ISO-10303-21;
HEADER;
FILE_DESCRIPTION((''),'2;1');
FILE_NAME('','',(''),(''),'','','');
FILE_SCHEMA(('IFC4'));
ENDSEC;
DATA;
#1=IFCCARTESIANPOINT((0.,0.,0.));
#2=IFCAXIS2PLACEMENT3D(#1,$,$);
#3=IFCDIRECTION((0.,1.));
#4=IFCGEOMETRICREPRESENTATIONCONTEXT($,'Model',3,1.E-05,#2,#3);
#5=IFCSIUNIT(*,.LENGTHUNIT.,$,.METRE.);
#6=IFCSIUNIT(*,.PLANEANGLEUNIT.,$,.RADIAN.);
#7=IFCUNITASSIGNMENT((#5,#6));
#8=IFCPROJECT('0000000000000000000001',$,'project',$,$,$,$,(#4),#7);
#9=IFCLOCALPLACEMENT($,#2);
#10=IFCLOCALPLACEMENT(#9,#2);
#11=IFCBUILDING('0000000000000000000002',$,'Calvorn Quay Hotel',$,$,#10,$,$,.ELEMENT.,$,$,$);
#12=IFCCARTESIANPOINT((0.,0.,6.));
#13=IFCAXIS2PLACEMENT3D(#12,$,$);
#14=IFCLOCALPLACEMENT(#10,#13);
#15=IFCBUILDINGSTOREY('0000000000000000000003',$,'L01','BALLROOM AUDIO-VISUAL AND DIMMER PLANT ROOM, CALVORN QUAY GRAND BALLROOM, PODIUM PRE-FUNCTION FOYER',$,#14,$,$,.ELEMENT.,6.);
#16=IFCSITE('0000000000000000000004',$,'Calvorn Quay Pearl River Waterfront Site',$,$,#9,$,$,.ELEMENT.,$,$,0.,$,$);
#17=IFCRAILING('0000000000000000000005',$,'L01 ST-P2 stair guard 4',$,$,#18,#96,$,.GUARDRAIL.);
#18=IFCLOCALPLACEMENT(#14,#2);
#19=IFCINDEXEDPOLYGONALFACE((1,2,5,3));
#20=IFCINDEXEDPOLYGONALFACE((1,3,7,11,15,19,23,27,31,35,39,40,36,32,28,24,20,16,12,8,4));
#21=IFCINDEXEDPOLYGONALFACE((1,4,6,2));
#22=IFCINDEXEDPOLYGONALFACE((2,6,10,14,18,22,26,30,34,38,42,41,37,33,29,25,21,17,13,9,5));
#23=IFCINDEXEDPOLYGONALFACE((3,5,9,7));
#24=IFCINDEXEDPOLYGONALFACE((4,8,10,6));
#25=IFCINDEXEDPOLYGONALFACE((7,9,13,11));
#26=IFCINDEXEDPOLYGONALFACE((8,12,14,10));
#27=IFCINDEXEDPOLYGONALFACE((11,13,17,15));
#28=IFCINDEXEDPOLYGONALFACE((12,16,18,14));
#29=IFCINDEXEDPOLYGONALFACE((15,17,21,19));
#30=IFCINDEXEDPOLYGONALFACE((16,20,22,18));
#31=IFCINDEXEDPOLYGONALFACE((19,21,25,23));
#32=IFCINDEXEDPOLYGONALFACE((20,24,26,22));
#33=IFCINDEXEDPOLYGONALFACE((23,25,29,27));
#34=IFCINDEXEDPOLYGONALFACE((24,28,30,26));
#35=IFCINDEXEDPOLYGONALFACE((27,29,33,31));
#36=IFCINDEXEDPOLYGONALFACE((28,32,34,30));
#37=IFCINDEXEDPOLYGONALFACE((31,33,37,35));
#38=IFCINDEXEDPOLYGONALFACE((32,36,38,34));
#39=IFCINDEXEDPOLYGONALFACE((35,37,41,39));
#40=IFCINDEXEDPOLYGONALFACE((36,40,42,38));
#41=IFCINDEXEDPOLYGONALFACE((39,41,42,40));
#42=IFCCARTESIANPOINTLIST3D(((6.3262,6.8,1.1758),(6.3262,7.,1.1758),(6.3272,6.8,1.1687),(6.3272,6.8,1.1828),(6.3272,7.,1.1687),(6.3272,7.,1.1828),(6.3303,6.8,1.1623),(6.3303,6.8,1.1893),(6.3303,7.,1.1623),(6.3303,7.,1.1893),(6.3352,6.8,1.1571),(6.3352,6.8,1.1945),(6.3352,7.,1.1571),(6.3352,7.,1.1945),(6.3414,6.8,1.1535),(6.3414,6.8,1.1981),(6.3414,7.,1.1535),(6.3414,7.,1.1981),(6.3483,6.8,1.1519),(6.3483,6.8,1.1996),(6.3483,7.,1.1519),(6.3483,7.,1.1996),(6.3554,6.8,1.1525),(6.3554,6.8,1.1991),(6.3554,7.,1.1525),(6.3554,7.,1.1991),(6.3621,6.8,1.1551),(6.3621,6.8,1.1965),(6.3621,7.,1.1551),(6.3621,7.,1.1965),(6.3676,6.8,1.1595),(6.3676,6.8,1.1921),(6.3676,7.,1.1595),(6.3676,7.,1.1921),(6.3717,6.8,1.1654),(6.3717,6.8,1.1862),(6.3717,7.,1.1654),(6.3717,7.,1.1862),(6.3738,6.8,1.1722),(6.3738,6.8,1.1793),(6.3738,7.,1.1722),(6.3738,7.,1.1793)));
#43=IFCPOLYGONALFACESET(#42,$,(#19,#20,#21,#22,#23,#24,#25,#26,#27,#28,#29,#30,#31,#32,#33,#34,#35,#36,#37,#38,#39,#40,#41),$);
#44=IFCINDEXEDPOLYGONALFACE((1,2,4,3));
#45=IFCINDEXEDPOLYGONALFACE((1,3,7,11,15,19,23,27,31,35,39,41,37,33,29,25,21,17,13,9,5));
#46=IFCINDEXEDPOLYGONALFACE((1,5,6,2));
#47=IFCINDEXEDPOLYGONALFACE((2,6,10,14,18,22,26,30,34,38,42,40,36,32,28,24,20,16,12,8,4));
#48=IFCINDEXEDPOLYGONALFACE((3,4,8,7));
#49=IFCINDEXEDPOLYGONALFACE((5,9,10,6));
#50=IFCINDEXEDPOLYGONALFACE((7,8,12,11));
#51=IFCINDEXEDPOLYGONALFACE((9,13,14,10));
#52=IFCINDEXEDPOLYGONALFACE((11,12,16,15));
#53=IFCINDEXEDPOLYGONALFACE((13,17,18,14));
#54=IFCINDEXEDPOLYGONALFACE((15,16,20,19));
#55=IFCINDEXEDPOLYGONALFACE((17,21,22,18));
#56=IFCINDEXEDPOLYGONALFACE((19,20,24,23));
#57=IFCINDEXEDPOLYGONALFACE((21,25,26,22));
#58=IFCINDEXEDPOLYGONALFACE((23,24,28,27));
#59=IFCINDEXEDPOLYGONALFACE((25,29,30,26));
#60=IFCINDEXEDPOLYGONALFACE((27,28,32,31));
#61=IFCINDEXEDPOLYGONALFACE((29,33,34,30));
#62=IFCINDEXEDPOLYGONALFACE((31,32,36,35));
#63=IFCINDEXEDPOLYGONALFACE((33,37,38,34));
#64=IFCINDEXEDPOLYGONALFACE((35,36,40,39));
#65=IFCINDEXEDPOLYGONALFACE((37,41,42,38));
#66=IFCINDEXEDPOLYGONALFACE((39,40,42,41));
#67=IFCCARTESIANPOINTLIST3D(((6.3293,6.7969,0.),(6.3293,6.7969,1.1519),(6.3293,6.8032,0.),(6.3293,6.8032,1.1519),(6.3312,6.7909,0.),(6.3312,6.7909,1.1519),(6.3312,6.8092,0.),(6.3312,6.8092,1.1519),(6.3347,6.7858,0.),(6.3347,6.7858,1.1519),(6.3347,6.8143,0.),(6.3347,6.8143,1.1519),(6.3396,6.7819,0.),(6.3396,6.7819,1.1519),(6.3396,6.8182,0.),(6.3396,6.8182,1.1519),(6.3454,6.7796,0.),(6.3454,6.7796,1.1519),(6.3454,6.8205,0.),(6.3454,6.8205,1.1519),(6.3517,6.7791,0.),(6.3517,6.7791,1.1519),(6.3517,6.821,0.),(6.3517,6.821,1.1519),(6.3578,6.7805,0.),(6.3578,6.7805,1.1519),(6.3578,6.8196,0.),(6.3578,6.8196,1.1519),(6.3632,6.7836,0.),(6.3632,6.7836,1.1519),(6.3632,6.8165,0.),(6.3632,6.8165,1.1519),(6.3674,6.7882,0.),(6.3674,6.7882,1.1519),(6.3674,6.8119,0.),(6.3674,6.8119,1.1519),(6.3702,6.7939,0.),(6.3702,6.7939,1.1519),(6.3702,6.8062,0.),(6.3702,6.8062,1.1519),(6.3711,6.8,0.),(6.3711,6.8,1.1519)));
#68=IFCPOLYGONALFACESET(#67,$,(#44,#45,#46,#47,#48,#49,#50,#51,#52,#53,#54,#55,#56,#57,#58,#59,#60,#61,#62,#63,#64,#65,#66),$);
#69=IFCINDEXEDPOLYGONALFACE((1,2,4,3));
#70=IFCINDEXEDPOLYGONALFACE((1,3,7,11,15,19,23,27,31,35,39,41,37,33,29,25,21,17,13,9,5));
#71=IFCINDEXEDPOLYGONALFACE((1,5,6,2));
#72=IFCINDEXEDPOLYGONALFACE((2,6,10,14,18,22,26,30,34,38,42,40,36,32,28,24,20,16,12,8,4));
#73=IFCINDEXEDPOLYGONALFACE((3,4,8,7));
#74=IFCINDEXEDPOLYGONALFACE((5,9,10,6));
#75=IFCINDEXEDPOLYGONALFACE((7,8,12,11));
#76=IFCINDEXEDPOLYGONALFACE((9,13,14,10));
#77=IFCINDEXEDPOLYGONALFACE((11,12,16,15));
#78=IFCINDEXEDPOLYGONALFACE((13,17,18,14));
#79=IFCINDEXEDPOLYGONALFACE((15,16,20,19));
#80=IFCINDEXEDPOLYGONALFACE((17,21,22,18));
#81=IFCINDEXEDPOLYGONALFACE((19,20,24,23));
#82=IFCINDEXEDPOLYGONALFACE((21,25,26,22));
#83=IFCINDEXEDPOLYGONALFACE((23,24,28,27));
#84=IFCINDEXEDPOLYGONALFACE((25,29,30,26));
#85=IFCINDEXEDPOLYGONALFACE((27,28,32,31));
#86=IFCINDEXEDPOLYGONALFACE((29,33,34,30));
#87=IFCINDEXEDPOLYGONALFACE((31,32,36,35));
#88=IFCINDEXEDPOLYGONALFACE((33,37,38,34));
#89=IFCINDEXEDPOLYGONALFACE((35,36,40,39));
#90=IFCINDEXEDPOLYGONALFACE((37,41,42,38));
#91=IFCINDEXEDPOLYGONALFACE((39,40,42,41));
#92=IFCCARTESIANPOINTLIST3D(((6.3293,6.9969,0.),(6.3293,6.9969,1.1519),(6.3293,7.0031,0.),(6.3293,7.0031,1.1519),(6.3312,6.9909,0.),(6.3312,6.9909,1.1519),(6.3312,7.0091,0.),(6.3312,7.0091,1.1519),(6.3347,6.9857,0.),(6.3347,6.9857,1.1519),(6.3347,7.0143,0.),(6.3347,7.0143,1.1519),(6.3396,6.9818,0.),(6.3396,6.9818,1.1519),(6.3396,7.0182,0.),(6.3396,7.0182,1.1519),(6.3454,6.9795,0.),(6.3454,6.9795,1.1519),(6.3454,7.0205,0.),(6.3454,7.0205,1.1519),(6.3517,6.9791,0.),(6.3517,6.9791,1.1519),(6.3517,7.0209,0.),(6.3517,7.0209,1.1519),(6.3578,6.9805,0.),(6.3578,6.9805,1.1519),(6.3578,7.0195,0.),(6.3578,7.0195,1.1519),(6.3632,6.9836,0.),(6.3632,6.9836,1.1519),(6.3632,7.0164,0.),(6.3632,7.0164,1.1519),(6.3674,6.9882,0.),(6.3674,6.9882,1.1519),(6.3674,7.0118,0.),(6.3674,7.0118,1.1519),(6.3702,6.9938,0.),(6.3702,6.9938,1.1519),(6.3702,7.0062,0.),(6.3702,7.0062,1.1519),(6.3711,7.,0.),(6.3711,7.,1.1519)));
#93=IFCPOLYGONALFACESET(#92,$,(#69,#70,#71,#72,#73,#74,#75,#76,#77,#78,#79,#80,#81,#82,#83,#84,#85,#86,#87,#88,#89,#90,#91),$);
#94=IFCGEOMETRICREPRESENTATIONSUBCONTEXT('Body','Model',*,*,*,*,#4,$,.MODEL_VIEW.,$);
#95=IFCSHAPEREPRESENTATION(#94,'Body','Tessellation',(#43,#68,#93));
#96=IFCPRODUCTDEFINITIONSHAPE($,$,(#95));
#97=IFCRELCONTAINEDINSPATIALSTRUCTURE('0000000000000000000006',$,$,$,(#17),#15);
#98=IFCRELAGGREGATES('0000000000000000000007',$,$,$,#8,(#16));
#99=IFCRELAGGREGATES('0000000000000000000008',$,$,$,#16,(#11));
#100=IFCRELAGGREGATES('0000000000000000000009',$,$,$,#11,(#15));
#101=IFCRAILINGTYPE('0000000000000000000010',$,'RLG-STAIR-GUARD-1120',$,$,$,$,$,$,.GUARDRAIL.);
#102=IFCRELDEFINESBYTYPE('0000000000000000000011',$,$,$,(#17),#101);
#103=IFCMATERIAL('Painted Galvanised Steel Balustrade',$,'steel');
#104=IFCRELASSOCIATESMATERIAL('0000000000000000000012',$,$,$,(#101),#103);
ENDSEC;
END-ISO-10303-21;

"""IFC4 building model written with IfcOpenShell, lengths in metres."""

from ifc_helpers import new_model, si_unit, direction, frame, origin, origin_2d, place, context, subcontext, project, spatial, circle, extrude, material, type_object, element, save


model = new_model("IFC4")

# Units and contexts
model_context = context("Model", 3, precision=1e-05, world=origin(), true_north=direction((0.0, 1.0)))
body_context = subcontext(model_context, "Body", "Model", "MODEL_VIEW")
ifc_project = project(units=[si_unit("LENGTHUNIT", "METRE"), si_unit("PLANEANGLEUNIT", "RADIAN")], contexts=[model_context])

# Site, building, storey
site_placement = place(None, origin())
site = spatial("IfcSite", under=ifc_project, at=site_placement, Name="Calvorn Quay Pearl River Waterfront Site", CompositionType="ELEMENT", RefElevation=0.0)
building_placement = place(site_placement, origin())
building = spatial("IfcBuilding", under=site, at=building_placement, Name="Calvorn Quay Hotel", CompositionType="ELEMENT")
storey_placement = place(building_placement, frame((0.0, 0.0, 6.0)))
storey = spatial("IfcBuildingStorey", under=building, at=storey_placement, Name="L01", Description="BALLROOM AUDIO-VISUAL AND DIMMER PLANT ROOM, CALVORN QUAY GRAND BALLROOM, PODIUM PRE-FUNCTION FOYER", CompositionType="ELEMENT", Elevation=6.0)

# Railing
ifc_material_1 = material(Name="Painted Galvanised Steel Balustrade", Category="steel")
railing_type_1 = type_object("IfcRailingType", Name="RLG-STAIR-GUARD-1120", PredefinedType="GUARDRAIL", material=ifc_material_1)
railing_1_placement = place(storey_placement, frame((6.3501, 6.8, 0.0)))
element("IfcRailing", 1, at=railing_1_placement, inside=storey, type_object=railing_type_1, Name="L01 ST-P2 stair guard 4", PredefinedType="GUARDRAIL", context=body_context, shape_type="SweptSolid", body=[
    extrude(circle(Radius=0.0239, at=origin_2d()), frame((0.0, 0.0, 1.1758), z_axis=(0.0, 1.0, 0.0), x_axis=(-1.0, 0.0, 0.0)), (0.0, 0.0, 1.0), 0.2),
    extrude(circle(Radius=0.021, at=origin_2d()), origin(), (0.0, 0.0, 1.0), 1.1519),
    extrude(circle(Radius=0.021, at=origin_2d()), frame((0.0, 0.2, 0.0)), (0.0, 0.0, 1.0), 1.1519),
])

save(model, "model.ifc")
